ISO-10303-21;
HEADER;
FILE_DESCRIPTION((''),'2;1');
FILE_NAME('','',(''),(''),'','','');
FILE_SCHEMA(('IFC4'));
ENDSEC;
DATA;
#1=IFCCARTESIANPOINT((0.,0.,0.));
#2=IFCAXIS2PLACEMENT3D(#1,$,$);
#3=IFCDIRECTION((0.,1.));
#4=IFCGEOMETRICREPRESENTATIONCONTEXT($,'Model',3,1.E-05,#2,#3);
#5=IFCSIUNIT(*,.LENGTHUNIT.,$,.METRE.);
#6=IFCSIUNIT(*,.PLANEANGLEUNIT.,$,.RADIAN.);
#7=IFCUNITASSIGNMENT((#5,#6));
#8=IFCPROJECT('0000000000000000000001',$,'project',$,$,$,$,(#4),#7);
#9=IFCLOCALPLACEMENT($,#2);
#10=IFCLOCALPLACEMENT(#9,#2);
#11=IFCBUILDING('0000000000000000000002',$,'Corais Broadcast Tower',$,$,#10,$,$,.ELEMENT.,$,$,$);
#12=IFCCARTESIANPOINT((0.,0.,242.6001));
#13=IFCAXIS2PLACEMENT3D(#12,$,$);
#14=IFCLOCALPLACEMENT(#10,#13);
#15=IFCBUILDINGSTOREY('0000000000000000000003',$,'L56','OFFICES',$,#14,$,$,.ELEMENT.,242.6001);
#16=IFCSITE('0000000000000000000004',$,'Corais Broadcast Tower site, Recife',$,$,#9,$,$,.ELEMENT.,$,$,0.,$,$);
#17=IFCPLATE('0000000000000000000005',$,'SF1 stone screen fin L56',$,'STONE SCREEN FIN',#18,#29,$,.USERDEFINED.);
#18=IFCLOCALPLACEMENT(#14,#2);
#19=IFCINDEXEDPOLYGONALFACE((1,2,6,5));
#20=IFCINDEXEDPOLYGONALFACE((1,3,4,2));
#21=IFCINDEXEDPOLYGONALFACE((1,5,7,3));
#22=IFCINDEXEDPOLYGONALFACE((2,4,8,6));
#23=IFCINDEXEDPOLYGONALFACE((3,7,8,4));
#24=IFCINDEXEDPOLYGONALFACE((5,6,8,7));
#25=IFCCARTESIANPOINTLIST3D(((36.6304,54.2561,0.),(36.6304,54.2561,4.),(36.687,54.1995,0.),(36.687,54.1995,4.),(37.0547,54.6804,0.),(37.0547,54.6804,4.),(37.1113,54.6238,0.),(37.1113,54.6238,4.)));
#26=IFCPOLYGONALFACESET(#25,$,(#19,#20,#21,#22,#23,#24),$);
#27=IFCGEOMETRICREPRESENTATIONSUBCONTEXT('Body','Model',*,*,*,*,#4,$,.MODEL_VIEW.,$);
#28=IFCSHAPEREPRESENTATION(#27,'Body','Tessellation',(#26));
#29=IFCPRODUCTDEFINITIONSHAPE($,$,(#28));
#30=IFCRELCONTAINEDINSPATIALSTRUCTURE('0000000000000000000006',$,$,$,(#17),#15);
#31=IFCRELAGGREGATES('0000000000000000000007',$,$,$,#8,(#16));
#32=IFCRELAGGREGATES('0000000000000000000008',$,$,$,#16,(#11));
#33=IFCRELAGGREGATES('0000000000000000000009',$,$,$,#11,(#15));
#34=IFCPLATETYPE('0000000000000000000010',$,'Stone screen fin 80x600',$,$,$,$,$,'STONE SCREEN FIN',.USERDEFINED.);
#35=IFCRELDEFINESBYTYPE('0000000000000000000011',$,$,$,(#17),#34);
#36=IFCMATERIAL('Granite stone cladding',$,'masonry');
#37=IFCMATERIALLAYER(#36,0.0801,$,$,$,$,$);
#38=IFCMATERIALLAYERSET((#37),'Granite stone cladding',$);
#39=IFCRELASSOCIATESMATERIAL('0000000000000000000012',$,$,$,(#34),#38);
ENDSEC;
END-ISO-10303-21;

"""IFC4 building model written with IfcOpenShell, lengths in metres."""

from ifc_helpers import new_model, si_unit, direction, frame, origin, origin_2d, place, context, subcontext, project, spatial, rectangle, extrude, material, layer, layer_set, type_object, element, save


model = new_model("IFC4")

# Units and contexts
model_context = context("Model", 3, precision=1e-05, world=origin(), true_north=direction((0.0, 1.0)))
body_context = subcontext(model_context, "Body", "Model", "MODEL_VIEW")
ifc_project = project(units=[si_unit("LENGTHUNIT", "METRE"), si_unit("PLANEANGLEUNIT", "RADIAN")], contexts=[model_context])

# Site, building, storey
site_placement = place(None, origin())
site = spatial("IfcSite", under=ifc_project, at=site_placement, Name="Corais Broadcast Tower site, Recife", CompositionType="ELEMENT", RefElevation=0.0)
building_placement = place(site_placement, origin())
building = spatial("IfcBuilding", under=site, at=building_placement, Name="Corais Broadcast Tower", CompositionType="ELEMENT")
storey_placement = place(building_placement, frame((0.0, 0.0, 242.6001)))
storey = spatial("IfcBuildingStorey", under=building, at=storey_placement, Name="L56", Description="OFFICES", CompositionType="ELEMENT", Elevation=242.6001)

# Plate
ifc_material_1 = material(Name="Granite stone cladding", Category="masonry")
ifc_layer_1 = layer(ifc_material_1, 0.0801)
ifc_layer_set_1 = layer_set([ifc_layer_1], Name="Granite stone cladding")
plate_type_1 = type_object("IfcPlateType", Name="Stone screen fin 80x600", ElementType="STONE SCREEN FIN", PredefinedType="USERDEFINED", material=ifc_layer_set_1)
plate_1_placement = place(storey_placement, frame((36.8708, 54.4399, 0.0), z_axis=(0.0, 0.0, 1.0), x_axis=(0.707107, -0.707107, 0.0)))
element("IfcPlate", 1, at=plate_1_placement, inside=storey, type_object=plate_type_1, Name="SF1 stone screen fin L56", ObjectType="STONE SCREEN FIN", PredefinedType="USERDEFINED", context=body_context, shape_type="SweptSolid", body=[
    extrude(rectangle(XDim=0.0801, YDim=0.6001, at=origin_2d()), origin(), (0.0, 0.0, 1.0), 4.0),
])

save(model, "model.ifc")
